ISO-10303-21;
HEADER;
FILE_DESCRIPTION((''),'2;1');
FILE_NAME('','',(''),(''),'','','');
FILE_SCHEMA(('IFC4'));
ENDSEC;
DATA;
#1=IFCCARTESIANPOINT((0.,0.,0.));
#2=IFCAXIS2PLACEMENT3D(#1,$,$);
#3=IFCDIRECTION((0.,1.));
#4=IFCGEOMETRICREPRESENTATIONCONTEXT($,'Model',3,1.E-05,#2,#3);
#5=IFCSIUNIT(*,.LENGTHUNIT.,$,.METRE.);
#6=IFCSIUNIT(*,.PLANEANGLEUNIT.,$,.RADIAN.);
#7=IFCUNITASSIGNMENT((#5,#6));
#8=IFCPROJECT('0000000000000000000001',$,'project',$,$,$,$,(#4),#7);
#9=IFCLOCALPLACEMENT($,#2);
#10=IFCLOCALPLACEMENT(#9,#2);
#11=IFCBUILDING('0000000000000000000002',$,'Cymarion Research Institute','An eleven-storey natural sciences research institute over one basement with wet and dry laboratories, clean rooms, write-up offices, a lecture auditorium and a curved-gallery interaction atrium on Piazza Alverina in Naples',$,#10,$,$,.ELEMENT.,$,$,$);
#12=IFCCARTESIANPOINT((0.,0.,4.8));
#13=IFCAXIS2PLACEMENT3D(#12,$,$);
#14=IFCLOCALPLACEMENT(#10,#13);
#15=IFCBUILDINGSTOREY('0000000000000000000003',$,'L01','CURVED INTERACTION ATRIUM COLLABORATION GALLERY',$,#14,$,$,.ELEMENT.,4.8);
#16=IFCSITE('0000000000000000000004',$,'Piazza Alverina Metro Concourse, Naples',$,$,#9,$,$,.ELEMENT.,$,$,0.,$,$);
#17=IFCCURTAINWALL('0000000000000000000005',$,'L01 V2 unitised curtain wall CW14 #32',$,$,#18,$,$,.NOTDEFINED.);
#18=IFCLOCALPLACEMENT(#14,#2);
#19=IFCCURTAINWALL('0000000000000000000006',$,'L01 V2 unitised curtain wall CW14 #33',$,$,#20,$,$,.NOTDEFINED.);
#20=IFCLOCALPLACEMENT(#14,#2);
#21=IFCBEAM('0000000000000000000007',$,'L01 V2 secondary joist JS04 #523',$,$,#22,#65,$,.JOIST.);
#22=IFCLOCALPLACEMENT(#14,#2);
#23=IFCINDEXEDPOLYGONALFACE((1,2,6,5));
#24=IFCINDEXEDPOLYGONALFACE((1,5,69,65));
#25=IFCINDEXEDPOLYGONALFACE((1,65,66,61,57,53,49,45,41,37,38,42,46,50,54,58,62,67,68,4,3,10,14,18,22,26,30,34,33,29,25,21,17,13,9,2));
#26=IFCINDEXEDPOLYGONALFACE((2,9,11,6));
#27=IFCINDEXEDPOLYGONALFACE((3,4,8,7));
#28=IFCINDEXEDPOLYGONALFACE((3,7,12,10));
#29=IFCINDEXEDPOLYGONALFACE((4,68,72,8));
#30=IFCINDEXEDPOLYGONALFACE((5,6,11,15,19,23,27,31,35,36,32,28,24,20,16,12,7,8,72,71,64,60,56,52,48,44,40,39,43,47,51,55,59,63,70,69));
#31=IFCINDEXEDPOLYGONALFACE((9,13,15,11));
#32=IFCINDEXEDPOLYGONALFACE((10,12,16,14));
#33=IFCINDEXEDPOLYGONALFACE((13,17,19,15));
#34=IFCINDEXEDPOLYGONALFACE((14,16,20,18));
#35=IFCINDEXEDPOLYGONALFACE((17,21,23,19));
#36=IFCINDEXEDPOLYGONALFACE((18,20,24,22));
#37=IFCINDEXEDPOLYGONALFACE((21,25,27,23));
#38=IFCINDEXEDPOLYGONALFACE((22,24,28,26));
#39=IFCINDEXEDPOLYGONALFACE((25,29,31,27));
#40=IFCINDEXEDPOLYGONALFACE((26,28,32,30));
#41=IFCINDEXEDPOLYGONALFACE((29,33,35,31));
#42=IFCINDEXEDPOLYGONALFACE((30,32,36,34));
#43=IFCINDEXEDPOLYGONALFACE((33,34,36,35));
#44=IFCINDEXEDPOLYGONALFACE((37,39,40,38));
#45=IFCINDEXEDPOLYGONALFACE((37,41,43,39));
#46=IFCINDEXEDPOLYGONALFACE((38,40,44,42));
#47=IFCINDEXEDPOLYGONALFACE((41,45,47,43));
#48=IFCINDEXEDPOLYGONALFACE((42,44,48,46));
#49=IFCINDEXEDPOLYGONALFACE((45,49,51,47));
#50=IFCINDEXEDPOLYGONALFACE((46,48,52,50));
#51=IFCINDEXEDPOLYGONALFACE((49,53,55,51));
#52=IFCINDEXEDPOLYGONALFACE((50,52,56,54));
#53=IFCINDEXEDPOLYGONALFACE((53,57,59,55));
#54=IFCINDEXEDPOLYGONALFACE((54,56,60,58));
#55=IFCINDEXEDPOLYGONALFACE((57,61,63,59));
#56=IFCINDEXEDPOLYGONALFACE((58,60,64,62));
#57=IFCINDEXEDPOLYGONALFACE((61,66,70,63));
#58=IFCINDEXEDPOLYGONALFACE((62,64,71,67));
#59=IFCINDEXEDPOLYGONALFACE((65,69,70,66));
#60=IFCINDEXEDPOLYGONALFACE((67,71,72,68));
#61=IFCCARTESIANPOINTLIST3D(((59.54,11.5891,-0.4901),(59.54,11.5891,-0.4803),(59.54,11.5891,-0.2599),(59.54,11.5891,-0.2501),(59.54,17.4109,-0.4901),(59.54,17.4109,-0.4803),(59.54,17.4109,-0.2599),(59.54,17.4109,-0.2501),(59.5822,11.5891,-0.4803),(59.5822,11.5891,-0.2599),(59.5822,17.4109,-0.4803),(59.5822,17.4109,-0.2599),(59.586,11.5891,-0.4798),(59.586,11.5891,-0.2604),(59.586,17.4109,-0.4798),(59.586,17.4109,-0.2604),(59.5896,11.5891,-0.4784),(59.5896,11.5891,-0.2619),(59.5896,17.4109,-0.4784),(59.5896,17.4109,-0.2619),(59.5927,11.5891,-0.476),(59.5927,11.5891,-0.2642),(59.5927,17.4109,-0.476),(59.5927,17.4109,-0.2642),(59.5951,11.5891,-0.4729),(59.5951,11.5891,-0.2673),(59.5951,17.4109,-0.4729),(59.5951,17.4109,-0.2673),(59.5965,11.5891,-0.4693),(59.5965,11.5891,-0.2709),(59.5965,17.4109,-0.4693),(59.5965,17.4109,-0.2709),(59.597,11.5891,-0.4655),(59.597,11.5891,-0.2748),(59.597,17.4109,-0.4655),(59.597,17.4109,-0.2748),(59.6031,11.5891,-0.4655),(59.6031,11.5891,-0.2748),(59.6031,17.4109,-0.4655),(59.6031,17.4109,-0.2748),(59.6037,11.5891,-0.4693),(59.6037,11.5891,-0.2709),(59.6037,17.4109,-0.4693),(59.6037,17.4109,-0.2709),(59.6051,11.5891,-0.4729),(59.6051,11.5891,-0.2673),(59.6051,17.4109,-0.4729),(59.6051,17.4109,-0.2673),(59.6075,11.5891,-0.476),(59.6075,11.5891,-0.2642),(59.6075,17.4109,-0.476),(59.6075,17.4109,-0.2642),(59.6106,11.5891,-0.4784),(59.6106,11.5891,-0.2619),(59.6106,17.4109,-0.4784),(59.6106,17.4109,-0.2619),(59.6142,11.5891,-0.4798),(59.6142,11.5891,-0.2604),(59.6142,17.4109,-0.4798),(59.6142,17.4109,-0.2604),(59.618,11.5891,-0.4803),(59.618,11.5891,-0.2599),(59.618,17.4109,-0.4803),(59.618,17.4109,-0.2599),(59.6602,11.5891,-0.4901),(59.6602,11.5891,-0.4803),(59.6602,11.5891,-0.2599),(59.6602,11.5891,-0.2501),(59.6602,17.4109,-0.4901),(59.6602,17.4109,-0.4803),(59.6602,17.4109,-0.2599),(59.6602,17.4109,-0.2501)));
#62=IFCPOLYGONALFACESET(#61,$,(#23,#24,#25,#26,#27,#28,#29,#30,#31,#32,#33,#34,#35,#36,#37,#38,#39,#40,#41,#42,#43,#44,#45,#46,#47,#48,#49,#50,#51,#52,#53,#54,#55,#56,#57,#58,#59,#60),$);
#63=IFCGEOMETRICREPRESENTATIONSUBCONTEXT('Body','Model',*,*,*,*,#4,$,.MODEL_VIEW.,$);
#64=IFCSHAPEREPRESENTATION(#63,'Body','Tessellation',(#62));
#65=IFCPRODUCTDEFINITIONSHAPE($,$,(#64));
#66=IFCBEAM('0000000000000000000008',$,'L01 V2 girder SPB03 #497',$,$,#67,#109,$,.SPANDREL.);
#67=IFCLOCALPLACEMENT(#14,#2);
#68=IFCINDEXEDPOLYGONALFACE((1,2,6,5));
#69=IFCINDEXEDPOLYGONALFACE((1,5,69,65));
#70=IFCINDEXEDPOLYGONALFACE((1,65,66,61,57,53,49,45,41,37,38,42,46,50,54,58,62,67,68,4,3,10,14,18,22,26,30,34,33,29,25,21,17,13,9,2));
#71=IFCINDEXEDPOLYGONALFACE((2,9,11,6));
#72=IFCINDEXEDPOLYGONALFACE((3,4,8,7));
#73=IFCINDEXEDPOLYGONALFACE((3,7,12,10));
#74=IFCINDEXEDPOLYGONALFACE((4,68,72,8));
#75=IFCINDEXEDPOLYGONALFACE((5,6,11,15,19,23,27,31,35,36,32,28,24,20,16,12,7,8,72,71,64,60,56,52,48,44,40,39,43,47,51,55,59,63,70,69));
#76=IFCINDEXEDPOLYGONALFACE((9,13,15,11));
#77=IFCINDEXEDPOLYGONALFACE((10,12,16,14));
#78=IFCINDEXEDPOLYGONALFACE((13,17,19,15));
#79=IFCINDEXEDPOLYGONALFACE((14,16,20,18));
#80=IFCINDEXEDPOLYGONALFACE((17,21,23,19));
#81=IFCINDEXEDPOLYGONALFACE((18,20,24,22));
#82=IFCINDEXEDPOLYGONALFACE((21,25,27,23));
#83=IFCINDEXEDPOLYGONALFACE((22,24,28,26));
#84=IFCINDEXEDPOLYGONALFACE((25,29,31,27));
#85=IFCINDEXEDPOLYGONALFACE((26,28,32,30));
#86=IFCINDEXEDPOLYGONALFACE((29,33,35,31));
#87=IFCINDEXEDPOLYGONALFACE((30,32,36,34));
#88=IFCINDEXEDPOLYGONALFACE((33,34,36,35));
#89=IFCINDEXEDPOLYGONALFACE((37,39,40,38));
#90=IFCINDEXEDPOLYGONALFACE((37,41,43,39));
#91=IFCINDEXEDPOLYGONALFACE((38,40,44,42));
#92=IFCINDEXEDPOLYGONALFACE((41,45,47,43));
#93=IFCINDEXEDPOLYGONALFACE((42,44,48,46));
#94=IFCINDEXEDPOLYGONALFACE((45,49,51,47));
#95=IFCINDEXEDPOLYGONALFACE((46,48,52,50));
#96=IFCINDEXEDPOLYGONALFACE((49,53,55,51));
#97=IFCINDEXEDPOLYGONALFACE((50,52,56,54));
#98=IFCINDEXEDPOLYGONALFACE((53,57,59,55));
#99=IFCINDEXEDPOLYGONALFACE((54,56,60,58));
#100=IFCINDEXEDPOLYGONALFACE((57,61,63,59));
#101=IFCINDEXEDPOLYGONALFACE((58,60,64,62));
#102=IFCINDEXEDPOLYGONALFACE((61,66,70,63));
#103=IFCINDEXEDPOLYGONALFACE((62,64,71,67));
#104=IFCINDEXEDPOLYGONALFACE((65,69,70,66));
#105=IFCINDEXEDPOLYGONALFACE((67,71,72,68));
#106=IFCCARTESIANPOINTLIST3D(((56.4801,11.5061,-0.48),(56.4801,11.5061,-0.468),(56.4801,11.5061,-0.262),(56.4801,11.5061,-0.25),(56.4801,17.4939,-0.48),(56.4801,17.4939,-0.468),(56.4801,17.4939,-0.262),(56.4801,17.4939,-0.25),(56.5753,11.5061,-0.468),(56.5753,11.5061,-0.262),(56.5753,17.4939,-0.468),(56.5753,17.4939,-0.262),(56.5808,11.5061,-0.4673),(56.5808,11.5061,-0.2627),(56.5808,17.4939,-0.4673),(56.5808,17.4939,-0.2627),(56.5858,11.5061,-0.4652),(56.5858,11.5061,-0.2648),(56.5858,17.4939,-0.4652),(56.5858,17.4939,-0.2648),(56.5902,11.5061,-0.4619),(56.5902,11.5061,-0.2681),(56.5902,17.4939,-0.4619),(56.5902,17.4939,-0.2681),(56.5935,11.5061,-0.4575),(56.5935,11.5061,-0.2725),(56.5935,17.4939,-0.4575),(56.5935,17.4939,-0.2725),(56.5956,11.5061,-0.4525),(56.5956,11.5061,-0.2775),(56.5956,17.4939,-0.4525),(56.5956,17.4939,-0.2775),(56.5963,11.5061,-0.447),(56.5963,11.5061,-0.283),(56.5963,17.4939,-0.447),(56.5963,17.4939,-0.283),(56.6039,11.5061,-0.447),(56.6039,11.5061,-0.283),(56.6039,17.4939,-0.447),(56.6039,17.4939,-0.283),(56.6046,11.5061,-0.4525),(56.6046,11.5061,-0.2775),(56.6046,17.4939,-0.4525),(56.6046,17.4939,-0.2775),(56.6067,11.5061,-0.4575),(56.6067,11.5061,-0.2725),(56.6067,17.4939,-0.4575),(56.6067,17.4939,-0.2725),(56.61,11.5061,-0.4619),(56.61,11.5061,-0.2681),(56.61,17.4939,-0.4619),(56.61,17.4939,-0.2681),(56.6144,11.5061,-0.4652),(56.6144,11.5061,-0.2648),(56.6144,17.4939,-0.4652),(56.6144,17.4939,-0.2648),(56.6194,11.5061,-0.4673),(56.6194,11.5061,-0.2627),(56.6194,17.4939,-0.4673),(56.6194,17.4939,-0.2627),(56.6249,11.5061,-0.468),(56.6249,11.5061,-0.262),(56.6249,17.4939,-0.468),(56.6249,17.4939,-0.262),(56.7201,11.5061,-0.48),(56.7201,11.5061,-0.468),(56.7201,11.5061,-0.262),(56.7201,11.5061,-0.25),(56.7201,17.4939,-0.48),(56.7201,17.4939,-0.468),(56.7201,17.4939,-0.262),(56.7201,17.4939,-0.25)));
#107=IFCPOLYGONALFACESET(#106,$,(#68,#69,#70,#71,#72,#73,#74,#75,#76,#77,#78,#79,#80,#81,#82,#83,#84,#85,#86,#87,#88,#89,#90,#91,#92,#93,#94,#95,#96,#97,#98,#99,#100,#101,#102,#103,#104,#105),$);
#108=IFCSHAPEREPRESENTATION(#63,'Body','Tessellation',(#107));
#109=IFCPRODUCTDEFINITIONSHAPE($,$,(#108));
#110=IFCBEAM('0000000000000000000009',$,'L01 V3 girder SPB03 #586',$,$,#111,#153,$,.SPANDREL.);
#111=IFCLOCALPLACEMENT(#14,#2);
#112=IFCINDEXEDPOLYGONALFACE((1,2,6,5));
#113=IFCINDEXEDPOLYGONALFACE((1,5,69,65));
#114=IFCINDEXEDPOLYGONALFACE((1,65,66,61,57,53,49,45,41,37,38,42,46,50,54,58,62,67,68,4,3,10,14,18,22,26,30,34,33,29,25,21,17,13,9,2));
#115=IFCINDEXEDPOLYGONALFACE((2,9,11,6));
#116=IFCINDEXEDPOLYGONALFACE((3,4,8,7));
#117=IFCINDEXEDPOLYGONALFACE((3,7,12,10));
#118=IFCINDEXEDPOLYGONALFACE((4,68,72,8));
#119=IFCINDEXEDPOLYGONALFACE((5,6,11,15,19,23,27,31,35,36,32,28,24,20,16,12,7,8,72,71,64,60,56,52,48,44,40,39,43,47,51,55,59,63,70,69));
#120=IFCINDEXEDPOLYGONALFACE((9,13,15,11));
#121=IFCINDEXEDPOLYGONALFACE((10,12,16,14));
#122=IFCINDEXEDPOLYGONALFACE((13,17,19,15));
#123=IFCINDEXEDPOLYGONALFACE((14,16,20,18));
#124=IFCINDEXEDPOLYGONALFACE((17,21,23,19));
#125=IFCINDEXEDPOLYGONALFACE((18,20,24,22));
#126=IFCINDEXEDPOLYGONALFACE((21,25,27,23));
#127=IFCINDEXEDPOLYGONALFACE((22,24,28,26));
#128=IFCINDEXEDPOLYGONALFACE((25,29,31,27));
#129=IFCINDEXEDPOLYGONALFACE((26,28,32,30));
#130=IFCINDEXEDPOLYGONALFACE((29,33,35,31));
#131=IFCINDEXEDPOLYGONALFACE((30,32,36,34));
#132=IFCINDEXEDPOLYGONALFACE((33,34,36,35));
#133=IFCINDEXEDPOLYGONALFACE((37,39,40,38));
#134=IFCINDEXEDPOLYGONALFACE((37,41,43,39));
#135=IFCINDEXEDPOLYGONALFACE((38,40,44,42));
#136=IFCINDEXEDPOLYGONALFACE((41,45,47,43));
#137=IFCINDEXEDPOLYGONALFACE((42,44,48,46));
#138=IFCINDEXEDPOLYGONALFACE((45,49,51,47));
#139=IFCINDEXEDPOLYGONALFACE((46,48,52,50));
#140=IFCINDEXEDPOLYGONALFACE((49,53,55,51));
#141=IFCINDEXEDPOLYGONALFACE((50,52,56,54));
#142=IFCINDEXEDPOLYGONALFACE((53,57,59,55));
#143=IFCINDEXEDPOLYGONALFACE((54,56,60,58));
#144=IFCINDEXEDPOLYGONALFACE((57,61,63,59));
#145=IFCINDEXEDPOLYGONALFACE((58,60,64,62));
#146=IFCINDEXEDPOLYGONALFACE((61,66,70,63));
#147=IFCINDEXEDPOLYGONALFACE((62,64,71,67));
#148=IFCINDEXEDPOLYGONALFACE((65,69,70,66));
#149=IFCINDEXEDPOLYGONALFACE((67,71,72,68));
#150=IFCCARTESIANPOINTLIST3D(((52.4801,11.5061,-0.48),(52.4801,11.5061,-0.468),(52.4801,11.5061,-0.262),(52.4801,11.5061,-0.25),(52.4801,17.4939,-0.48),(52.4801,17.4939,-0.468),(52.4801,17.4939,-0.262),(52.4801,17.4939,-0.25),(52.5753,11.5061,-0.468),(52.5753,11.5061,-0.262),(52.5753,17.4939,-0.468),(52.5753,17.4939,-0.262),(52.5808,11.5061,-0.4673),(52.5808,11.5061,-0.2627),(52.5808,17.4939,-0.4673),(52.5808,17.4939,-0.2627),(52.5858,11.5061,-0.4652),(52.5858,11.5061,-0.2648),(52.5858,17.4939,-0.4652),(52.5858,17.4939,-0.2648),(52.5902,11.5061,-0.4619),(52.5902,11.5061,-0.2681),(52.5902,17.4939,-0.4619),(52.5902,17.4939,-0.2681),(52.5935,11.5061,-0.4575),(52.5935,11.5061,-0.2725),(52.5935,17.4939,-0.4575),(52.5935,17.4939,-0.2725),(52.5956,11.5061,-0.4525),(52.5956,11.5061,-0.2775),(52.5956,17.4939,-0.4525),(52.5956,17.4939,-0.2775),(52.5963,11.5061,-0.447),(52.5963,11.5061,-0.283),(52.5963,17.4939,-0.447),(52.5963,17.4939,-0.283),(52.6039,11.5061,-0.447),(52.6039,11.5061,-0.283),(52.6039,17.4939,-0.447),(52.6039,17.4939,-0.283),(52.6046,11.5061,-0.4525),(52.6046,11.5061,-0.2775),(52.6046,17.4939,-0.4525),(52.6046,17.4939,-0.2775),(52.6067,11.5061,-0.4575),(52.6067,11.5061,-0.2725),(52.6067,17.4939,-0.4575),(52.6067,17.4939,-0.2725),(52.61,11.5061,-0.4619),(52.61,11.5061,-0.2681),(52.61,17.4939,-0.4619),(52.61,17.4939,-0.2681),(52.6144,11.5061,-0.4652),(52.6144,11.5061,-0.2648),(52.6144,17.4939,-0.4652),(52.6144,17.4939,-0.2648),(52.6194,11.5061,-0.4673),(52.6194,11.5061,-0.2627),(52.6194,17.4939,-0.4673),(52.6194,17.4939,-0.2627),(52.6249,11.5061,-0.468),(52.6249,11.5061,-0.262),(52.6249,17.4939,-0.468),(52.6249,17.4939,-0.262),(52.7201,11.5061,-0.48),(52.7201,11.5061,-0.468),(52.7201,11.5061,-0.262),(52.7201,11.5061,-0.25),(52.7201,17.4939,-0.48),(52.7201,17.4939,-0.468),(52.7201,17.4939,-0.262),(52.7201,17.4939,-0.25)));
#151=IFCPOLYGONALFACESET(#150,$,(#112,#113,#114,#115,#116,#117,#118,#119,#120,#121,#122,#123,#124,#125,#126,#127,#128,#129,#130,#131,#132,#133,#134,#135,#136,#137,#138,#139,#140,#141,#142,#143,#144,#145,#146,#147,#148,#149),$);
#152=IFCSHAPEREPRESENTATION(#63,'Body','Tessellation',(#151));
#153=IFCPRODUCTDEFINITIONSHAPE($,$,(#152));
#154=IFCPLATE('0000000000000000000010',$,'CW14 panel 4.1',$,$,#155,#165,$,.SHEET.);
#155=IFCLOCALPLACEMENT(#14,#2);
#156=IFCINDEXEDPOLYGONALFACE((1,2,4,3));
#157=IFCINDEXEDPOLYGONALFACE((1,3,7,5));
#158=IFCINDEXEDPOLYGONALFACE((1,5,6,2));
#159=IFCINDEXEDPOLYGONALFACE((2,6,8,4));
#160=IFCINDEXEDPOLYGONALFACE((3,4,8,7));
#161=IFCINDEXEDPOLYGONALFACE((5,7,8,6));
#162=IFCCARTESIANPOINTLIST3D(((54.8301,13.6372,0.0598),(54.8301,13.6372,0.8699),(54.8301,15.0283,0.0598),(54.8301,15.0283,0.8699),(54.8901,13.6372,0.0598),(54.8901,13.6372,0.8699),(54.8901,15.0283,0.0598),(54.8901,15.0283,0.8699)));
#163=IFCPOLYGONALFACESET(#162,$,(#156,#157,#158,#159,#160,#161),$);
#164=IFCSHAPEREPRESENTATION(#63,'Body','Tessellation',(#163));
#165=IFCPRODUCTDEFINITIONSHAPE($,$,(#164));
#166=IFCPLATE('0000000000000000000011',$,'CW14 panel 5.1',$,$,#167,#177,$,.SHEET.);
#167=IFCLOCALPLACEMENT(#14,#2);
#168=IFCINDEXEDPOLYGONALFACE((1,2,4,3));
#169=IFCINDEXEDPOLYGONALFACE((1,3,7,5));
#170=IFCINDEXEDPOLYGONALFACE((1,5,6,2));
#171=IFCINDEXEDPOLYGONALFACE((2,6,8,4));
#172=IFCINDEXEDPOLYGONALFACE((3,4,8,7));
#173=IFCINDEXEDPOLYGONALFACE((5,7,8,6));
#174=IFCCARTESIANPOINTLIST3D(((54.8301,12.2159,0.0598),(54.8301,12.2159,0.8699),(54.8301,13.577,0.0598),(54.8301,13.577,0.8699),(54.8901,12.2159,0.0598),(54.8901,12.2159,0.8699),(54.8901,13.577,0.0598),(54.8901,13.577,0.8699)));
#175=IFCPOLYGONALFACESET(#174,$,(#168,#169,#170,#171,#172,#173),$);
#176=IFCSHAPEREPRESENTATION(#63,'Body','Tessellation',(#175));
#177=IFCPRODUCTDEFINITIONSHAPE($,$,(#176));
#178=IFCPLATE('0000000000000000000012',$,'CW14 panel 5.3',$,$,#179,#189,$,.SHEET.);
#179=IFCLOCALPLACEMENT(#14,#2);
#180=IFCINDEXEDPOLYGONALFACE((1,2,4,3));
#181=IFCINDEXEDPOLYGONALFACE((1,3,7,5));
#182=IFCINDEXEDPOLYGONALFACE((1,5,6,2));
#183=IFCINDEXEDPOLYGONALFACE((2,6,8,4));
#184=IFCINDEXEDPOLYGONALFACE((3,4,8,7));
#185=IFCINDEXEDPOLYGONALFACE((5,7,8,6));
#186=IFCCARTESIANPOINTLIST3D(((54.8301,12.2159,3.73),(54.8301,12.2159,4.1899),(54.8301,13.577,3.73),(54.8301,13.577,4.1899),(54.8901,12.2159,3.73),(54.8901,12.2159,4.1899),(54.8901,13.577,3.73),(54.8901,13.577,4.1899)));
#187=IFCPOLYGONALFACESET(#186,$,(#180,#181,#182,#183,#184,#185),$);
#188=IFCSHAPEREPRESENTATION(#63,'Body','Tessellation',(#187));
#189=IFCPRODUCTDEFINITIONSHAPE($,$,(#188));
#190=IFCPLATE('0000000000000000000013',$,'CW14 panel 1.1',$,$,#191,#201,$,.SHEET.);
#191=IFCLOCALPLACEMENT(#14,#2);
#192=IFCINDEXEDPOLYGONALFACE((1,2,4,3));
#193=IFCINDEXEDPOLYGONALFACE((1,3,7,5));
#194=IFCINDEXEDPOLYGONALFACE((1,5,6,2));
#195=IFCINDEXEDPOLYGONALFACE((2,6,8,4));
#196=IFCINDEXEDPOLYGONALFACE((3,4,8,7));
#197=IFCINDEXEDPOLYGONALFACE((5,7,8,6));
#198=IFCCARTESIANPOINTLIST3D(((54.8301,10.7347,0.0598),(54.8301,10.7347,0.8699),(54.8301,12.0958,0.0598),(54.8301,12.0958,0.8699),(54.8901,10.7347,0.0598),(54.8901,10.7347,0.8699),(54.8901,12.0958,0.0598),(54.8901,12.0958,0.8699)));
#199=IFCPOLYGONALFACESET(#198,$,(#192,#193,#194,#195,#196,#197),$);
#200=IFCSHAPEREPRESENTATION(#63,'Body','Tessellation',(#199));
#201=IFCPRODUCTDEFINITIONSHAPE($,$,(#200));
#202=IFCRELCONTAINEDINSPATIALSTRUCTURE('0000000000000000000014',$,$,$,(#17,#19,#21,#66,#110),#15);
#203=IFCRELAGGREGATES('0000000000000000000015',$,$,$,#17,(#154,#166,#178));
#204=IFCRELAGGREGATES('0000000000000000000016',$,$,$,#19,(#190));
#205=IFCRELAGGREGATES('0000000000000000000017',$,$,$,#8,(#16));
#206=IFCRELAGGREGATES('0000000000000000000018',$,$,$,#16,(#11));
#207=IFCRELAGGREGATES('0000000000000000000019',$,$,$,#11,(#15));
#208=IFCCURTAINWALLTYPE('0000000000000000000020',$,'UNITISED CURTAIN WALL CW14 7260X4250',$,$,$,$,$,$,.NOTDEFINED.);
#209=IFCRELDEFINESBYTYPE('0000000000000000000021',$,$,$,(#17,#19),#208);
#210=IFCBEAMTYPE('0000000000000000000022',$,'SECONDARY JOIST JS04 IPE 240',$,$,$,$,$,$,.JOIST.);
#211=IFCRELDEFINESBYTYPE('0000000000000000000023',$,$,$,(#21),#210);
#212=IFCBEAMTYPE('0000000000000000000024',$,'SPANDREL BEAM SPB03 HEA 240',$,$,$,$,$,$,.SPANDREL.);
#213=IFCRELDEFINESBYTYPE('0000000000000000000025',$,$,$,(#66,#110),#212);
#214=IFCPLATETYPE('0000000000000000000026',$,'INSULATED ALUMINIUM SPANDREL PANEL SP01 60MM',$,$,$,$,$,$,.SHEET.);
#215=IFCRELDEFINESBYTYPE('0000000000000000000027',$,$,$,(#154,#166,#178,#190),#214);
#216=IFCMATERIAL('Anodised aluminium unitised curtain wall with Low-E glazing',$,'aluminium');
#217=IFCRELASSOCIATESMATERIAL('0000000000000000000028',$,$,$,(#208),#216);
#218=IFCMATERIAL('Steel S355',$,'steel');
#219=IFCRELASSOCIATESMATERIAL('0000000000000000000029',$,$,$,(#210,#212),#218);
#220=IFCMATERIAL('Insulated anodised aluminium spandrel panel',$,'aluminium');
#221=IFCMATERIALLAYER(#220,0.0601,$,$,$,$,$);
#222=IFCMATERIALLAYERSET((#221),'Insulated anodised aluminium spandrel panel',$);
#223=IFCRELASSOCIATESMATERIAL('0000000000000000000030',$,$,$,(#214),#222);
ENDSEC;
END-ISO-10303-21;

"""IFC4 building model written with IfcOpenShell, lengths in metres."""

from ifc_helpers import new_model, si_unit, direction, frame, origin, origin_2d, place, context, subcontext, project, spatial, rectangle, i_section, extrude, material, layer, layer_set, material_profile, profile_set, type_object, element, aggregate, save


model = new_model("IFC4")

# Units and contexts
model_context = context("Model", 3, precision=1e-05, world=origin(), true_north=direction((0.0, 1.0)))
body_context = subcontext(model_context, "Body", "Model", "MODEL_VIEW")
ifc_project = project(units=[si_unit("LENGTHUNIT", "METRE"), si_unit("PLANEANGLEUNIT", "RADIAN")], contexts=[model_context])

# Site, building, storey
site_placement = place(None, origin())
site = spatial("IfcSite", under=ifc_project, at=site_placement, Name="Piazza Alverina Metro Concourse, Naples", CompositionType="ELEMENT", RefElevation=0.0)
building_placement = place(site_placement, origin())
building = spatial("IfcBuilding", under=site, at=building_placement, Name="Cymarion Research Institute", Description="An eleven-storey natural sciences research institute over one basement with wet and dry laboratories, clean rooms, write-up offices, a lecture auditorium and a curved-gallery interaction atrium on Piazza Alverina in Naples", CompositionType="ELEMENT")
storey_placement = place(building_placement, frame((0.0, 0.0, 4.8)))
storey = spatial("IfcBuildingStorey", under=building, at=storey_placement, Name="L01", Description="CURVED INTERACTION ATRIUM COLLABORATION GALLERY", CompositionType="ELEMENT", Elevation=4.8)

# Shared definitions
ifc_material_1 = material(Name="Steel S355", Category="steel")

# Curtain walls
ifc_material_2 = material(Name="Anodised aluminium unitised curtain wall with Low-E glazing", Category="aluminium")
curtain_wall_type = type_object("IfcCurtainWallType", Name="UNITISED CURTAIN WALL CW14 7260X4250", PredefinedType="NOTDEFINED", material=ifc_material_2)
curtain_wall_1_placement = place(storey_placement, origin())
curtain_wall_1 = element("IfcCurtainWall", 1, at=curtain_wall_1_placement, inside=storey, type_object=curtain_wall_type, Name="L01 V2 unitised curtain wall CW14 #32", PredefinedType="NOTDEFINED")
curtain_wall_2_placement = place(storey_placement, origin())
curtain_wall_2 = element("IfcCurtainWall", 2, at=curtain_wall_2_placement, inside=storey, type_object=curtain_wall_type, Name="L01 V2 unitised curtain wall CW14 #33", PredefinedType="NOTDEFINED")

# Beams
ifc_material_profile_1 = material_profile(ifc_material_1, i_section(OverallWidth=0.1201, OverallDepth=0.24, WebThickness=0.0061, FlangeThickness=0.0098, FilletRadius=0.0149, at=origin_2d()), Name="IPE 240")
ifc_profile_set_1 = profile_set([ifc_material_profile_1], Name="Steel S355")
beam_type_1 = type_object("IfcBeamType", Name="SECONDARY JOIST JS04 IPE 240", PredefinedType="JOIST", material=ifc_profile_set_1)
beam_1_placement = place(storey_placement, frame((59.6001, 11.5891, -0.3701), z_axis=(0.0, 1.0, 0.0), x_axis=(-1.0, 0.0, 0.0)))
element("IfcBeam", 3, at=beam_1_placement, inside=storey, type_object=beam_type_1, Name="L01 V2 secondary joist JS04 #523", PredefinedType="JOIST", context=body_context, shape_type="SweptSolid", body=[
    extrude(i_section(OverallWidth=0.1201, OverallDepth=0.24, WebThickness=0.0061, FlangeThickness=0.0098, FilletRadius=0.0149, at=origin_2d()), origin(), (0.0, 0.0, 1.0), 5.8218),
])
ifc_material_profile_2 = material_profile(ifc_material_1, i_section(OverallWidth=0.24, OverallDepth=0.23, WebThickness=0.0076, FlangeThickness=0.012, FilletRadius=0.021, at=origin_2d()), Name="HEA 240")
ifc_profile_set_2 = profile_set([ifc_material_profile_2], Name="Steel S355")
beam_type_2 = type_object("IfcBeamType", Name="SPANDREL BEAM SPB03 HEA 240", PredefinedType="SPANDREL", material=ifc_profile_set_2)
for number, where, z_axis, x_axis, name in (
    (4, (56.6001, 11.5061, -0.365), (0.0, 1.0, 0.0), (-1.0, 0.0, 0.0), "L01 V2 girder SPB03 #497"),
    (5, (52.6001, 11.5061, -0.365), (0.0, 1.0, 0.0), (-1.0, 0.0, 0.0), "L01 V3 girder SPB03 #586"),
):
    element("IfcBeam", number, at=place(storey_placement, frame(where, z_axis=z_axis, x_axis=x_axis)), inside=storey, type_object=beam_type_2, Name=name, PredefinedType="SPANDREL", context=body_context, shape_type="SweptSolid", body=[
        extrude(i_section(OverallWidth=0.24, OverallDepth=0.23, WebThickness=0.0076, FlangeThickness=0.012, FilletRadius=0.021, at=origin_2d()), origin(), (0.0, 0.0, 1.0), 5.9878),
    ])

# Plates
ifc_material_3 = material(Name="Insulated anodised aluminium spandrel panel", Category="aluminium")
ifc_layer_1 = layer(ifc_material_3, 0.0601)
ifc_layer_set_1 = layer_set([ifc_layer_1], Name="Insulated anodised aluminium spandrel panel")
plate_type_1 = type_object("IfcPlateType", Name="INSULATED ALUMINIUM SPANDREL PANEL SP01 60MM", PredefinedType="SHEET", material=ifc_layer_set_1)
plate_1_placement = place(storey_placement, frame((54.8601, 14.3328, 0.0598), z_axis=(0.0, 0.0, 1.0), x_axis=(0.0, -1.0, 0.0)))
plate_1 = element("IfcPlate", 6, at=plate_1_placement, type_object=plate_type_1, Name="CW14 panel 4.1", PredefinedType="SHEET", context=body_context, shape_type="SweptSolid", body=[
    extrude(rectangle(XDim=1.3911, YDim=0.0601, at=origin_2d()), origin(), (0.0, 0.0, 1.0), 0.8101),
])
plate_2_placement = place(storey_placement, frame((54.8601, 12.8965, 0.0598), z_axis=(0.0, 0.0, 1.0), x_axis=(0.0, -1.0, 0.0)))
plate_2 = element("IfcPlate", 7, at=plate_2_placement, type_object=plate_type_1, Name="CW14 panel 5.1", PredefinedType="SHEET", context=body_context, shape_type="SweptSolid", body=[
    extrude(rectangle(XDim=1.3611, YDim=0.0601, at=origin_2d()), origin(), (0.0, 0.0, 1.0), 0.8101),
])
plate_3_placement = place(storey_placement, frame((54.8601, 12.8965, 3.73), z_axis=(0.0, 0.0, 1.0), x_axis=(0.0, -1.0, 0.0)))
plate_3 = element("IfcPlate", 8, at=plate_3_placement, type_object=plate_type_1, Name="CW14 panel 5.3", PredefinedType="SHEET", context=body_context, shape_type="SweptSolid", body=[
    extrude(rectangle(XDim=1.3611, YDim=0.0601, at=origin_2d()), origin(), (0.0, 0.0, 1.0), 0.46),
])
plate_4_placement = place(storey_placement, frame((54.8601, 11.4153, 0.0598), z_axis=(0.0, 0.0, 1.0), x_axis=(0.0, -1.0, 0.0)))
plate_4 = element("IfcPlate", 9, at=plate_4_placement, type_object=plate_type_1, Name="CW14 panel 1.1", PredefinedType="SHEET", context=body_context, shape_type="SweptSolid", body=[
    extrude(rectangle(XDim=1.3611, YDim=0.0601, at=origin_2d()), origin(), (0.0, 0.0, 1.0), 0.8101),
])
aggregate(curtain_wall_1, [plate_1, plate_2, plate_3])
aggregate(curtain_wall_2, [plate_4])

save(model, "model.ifc")
